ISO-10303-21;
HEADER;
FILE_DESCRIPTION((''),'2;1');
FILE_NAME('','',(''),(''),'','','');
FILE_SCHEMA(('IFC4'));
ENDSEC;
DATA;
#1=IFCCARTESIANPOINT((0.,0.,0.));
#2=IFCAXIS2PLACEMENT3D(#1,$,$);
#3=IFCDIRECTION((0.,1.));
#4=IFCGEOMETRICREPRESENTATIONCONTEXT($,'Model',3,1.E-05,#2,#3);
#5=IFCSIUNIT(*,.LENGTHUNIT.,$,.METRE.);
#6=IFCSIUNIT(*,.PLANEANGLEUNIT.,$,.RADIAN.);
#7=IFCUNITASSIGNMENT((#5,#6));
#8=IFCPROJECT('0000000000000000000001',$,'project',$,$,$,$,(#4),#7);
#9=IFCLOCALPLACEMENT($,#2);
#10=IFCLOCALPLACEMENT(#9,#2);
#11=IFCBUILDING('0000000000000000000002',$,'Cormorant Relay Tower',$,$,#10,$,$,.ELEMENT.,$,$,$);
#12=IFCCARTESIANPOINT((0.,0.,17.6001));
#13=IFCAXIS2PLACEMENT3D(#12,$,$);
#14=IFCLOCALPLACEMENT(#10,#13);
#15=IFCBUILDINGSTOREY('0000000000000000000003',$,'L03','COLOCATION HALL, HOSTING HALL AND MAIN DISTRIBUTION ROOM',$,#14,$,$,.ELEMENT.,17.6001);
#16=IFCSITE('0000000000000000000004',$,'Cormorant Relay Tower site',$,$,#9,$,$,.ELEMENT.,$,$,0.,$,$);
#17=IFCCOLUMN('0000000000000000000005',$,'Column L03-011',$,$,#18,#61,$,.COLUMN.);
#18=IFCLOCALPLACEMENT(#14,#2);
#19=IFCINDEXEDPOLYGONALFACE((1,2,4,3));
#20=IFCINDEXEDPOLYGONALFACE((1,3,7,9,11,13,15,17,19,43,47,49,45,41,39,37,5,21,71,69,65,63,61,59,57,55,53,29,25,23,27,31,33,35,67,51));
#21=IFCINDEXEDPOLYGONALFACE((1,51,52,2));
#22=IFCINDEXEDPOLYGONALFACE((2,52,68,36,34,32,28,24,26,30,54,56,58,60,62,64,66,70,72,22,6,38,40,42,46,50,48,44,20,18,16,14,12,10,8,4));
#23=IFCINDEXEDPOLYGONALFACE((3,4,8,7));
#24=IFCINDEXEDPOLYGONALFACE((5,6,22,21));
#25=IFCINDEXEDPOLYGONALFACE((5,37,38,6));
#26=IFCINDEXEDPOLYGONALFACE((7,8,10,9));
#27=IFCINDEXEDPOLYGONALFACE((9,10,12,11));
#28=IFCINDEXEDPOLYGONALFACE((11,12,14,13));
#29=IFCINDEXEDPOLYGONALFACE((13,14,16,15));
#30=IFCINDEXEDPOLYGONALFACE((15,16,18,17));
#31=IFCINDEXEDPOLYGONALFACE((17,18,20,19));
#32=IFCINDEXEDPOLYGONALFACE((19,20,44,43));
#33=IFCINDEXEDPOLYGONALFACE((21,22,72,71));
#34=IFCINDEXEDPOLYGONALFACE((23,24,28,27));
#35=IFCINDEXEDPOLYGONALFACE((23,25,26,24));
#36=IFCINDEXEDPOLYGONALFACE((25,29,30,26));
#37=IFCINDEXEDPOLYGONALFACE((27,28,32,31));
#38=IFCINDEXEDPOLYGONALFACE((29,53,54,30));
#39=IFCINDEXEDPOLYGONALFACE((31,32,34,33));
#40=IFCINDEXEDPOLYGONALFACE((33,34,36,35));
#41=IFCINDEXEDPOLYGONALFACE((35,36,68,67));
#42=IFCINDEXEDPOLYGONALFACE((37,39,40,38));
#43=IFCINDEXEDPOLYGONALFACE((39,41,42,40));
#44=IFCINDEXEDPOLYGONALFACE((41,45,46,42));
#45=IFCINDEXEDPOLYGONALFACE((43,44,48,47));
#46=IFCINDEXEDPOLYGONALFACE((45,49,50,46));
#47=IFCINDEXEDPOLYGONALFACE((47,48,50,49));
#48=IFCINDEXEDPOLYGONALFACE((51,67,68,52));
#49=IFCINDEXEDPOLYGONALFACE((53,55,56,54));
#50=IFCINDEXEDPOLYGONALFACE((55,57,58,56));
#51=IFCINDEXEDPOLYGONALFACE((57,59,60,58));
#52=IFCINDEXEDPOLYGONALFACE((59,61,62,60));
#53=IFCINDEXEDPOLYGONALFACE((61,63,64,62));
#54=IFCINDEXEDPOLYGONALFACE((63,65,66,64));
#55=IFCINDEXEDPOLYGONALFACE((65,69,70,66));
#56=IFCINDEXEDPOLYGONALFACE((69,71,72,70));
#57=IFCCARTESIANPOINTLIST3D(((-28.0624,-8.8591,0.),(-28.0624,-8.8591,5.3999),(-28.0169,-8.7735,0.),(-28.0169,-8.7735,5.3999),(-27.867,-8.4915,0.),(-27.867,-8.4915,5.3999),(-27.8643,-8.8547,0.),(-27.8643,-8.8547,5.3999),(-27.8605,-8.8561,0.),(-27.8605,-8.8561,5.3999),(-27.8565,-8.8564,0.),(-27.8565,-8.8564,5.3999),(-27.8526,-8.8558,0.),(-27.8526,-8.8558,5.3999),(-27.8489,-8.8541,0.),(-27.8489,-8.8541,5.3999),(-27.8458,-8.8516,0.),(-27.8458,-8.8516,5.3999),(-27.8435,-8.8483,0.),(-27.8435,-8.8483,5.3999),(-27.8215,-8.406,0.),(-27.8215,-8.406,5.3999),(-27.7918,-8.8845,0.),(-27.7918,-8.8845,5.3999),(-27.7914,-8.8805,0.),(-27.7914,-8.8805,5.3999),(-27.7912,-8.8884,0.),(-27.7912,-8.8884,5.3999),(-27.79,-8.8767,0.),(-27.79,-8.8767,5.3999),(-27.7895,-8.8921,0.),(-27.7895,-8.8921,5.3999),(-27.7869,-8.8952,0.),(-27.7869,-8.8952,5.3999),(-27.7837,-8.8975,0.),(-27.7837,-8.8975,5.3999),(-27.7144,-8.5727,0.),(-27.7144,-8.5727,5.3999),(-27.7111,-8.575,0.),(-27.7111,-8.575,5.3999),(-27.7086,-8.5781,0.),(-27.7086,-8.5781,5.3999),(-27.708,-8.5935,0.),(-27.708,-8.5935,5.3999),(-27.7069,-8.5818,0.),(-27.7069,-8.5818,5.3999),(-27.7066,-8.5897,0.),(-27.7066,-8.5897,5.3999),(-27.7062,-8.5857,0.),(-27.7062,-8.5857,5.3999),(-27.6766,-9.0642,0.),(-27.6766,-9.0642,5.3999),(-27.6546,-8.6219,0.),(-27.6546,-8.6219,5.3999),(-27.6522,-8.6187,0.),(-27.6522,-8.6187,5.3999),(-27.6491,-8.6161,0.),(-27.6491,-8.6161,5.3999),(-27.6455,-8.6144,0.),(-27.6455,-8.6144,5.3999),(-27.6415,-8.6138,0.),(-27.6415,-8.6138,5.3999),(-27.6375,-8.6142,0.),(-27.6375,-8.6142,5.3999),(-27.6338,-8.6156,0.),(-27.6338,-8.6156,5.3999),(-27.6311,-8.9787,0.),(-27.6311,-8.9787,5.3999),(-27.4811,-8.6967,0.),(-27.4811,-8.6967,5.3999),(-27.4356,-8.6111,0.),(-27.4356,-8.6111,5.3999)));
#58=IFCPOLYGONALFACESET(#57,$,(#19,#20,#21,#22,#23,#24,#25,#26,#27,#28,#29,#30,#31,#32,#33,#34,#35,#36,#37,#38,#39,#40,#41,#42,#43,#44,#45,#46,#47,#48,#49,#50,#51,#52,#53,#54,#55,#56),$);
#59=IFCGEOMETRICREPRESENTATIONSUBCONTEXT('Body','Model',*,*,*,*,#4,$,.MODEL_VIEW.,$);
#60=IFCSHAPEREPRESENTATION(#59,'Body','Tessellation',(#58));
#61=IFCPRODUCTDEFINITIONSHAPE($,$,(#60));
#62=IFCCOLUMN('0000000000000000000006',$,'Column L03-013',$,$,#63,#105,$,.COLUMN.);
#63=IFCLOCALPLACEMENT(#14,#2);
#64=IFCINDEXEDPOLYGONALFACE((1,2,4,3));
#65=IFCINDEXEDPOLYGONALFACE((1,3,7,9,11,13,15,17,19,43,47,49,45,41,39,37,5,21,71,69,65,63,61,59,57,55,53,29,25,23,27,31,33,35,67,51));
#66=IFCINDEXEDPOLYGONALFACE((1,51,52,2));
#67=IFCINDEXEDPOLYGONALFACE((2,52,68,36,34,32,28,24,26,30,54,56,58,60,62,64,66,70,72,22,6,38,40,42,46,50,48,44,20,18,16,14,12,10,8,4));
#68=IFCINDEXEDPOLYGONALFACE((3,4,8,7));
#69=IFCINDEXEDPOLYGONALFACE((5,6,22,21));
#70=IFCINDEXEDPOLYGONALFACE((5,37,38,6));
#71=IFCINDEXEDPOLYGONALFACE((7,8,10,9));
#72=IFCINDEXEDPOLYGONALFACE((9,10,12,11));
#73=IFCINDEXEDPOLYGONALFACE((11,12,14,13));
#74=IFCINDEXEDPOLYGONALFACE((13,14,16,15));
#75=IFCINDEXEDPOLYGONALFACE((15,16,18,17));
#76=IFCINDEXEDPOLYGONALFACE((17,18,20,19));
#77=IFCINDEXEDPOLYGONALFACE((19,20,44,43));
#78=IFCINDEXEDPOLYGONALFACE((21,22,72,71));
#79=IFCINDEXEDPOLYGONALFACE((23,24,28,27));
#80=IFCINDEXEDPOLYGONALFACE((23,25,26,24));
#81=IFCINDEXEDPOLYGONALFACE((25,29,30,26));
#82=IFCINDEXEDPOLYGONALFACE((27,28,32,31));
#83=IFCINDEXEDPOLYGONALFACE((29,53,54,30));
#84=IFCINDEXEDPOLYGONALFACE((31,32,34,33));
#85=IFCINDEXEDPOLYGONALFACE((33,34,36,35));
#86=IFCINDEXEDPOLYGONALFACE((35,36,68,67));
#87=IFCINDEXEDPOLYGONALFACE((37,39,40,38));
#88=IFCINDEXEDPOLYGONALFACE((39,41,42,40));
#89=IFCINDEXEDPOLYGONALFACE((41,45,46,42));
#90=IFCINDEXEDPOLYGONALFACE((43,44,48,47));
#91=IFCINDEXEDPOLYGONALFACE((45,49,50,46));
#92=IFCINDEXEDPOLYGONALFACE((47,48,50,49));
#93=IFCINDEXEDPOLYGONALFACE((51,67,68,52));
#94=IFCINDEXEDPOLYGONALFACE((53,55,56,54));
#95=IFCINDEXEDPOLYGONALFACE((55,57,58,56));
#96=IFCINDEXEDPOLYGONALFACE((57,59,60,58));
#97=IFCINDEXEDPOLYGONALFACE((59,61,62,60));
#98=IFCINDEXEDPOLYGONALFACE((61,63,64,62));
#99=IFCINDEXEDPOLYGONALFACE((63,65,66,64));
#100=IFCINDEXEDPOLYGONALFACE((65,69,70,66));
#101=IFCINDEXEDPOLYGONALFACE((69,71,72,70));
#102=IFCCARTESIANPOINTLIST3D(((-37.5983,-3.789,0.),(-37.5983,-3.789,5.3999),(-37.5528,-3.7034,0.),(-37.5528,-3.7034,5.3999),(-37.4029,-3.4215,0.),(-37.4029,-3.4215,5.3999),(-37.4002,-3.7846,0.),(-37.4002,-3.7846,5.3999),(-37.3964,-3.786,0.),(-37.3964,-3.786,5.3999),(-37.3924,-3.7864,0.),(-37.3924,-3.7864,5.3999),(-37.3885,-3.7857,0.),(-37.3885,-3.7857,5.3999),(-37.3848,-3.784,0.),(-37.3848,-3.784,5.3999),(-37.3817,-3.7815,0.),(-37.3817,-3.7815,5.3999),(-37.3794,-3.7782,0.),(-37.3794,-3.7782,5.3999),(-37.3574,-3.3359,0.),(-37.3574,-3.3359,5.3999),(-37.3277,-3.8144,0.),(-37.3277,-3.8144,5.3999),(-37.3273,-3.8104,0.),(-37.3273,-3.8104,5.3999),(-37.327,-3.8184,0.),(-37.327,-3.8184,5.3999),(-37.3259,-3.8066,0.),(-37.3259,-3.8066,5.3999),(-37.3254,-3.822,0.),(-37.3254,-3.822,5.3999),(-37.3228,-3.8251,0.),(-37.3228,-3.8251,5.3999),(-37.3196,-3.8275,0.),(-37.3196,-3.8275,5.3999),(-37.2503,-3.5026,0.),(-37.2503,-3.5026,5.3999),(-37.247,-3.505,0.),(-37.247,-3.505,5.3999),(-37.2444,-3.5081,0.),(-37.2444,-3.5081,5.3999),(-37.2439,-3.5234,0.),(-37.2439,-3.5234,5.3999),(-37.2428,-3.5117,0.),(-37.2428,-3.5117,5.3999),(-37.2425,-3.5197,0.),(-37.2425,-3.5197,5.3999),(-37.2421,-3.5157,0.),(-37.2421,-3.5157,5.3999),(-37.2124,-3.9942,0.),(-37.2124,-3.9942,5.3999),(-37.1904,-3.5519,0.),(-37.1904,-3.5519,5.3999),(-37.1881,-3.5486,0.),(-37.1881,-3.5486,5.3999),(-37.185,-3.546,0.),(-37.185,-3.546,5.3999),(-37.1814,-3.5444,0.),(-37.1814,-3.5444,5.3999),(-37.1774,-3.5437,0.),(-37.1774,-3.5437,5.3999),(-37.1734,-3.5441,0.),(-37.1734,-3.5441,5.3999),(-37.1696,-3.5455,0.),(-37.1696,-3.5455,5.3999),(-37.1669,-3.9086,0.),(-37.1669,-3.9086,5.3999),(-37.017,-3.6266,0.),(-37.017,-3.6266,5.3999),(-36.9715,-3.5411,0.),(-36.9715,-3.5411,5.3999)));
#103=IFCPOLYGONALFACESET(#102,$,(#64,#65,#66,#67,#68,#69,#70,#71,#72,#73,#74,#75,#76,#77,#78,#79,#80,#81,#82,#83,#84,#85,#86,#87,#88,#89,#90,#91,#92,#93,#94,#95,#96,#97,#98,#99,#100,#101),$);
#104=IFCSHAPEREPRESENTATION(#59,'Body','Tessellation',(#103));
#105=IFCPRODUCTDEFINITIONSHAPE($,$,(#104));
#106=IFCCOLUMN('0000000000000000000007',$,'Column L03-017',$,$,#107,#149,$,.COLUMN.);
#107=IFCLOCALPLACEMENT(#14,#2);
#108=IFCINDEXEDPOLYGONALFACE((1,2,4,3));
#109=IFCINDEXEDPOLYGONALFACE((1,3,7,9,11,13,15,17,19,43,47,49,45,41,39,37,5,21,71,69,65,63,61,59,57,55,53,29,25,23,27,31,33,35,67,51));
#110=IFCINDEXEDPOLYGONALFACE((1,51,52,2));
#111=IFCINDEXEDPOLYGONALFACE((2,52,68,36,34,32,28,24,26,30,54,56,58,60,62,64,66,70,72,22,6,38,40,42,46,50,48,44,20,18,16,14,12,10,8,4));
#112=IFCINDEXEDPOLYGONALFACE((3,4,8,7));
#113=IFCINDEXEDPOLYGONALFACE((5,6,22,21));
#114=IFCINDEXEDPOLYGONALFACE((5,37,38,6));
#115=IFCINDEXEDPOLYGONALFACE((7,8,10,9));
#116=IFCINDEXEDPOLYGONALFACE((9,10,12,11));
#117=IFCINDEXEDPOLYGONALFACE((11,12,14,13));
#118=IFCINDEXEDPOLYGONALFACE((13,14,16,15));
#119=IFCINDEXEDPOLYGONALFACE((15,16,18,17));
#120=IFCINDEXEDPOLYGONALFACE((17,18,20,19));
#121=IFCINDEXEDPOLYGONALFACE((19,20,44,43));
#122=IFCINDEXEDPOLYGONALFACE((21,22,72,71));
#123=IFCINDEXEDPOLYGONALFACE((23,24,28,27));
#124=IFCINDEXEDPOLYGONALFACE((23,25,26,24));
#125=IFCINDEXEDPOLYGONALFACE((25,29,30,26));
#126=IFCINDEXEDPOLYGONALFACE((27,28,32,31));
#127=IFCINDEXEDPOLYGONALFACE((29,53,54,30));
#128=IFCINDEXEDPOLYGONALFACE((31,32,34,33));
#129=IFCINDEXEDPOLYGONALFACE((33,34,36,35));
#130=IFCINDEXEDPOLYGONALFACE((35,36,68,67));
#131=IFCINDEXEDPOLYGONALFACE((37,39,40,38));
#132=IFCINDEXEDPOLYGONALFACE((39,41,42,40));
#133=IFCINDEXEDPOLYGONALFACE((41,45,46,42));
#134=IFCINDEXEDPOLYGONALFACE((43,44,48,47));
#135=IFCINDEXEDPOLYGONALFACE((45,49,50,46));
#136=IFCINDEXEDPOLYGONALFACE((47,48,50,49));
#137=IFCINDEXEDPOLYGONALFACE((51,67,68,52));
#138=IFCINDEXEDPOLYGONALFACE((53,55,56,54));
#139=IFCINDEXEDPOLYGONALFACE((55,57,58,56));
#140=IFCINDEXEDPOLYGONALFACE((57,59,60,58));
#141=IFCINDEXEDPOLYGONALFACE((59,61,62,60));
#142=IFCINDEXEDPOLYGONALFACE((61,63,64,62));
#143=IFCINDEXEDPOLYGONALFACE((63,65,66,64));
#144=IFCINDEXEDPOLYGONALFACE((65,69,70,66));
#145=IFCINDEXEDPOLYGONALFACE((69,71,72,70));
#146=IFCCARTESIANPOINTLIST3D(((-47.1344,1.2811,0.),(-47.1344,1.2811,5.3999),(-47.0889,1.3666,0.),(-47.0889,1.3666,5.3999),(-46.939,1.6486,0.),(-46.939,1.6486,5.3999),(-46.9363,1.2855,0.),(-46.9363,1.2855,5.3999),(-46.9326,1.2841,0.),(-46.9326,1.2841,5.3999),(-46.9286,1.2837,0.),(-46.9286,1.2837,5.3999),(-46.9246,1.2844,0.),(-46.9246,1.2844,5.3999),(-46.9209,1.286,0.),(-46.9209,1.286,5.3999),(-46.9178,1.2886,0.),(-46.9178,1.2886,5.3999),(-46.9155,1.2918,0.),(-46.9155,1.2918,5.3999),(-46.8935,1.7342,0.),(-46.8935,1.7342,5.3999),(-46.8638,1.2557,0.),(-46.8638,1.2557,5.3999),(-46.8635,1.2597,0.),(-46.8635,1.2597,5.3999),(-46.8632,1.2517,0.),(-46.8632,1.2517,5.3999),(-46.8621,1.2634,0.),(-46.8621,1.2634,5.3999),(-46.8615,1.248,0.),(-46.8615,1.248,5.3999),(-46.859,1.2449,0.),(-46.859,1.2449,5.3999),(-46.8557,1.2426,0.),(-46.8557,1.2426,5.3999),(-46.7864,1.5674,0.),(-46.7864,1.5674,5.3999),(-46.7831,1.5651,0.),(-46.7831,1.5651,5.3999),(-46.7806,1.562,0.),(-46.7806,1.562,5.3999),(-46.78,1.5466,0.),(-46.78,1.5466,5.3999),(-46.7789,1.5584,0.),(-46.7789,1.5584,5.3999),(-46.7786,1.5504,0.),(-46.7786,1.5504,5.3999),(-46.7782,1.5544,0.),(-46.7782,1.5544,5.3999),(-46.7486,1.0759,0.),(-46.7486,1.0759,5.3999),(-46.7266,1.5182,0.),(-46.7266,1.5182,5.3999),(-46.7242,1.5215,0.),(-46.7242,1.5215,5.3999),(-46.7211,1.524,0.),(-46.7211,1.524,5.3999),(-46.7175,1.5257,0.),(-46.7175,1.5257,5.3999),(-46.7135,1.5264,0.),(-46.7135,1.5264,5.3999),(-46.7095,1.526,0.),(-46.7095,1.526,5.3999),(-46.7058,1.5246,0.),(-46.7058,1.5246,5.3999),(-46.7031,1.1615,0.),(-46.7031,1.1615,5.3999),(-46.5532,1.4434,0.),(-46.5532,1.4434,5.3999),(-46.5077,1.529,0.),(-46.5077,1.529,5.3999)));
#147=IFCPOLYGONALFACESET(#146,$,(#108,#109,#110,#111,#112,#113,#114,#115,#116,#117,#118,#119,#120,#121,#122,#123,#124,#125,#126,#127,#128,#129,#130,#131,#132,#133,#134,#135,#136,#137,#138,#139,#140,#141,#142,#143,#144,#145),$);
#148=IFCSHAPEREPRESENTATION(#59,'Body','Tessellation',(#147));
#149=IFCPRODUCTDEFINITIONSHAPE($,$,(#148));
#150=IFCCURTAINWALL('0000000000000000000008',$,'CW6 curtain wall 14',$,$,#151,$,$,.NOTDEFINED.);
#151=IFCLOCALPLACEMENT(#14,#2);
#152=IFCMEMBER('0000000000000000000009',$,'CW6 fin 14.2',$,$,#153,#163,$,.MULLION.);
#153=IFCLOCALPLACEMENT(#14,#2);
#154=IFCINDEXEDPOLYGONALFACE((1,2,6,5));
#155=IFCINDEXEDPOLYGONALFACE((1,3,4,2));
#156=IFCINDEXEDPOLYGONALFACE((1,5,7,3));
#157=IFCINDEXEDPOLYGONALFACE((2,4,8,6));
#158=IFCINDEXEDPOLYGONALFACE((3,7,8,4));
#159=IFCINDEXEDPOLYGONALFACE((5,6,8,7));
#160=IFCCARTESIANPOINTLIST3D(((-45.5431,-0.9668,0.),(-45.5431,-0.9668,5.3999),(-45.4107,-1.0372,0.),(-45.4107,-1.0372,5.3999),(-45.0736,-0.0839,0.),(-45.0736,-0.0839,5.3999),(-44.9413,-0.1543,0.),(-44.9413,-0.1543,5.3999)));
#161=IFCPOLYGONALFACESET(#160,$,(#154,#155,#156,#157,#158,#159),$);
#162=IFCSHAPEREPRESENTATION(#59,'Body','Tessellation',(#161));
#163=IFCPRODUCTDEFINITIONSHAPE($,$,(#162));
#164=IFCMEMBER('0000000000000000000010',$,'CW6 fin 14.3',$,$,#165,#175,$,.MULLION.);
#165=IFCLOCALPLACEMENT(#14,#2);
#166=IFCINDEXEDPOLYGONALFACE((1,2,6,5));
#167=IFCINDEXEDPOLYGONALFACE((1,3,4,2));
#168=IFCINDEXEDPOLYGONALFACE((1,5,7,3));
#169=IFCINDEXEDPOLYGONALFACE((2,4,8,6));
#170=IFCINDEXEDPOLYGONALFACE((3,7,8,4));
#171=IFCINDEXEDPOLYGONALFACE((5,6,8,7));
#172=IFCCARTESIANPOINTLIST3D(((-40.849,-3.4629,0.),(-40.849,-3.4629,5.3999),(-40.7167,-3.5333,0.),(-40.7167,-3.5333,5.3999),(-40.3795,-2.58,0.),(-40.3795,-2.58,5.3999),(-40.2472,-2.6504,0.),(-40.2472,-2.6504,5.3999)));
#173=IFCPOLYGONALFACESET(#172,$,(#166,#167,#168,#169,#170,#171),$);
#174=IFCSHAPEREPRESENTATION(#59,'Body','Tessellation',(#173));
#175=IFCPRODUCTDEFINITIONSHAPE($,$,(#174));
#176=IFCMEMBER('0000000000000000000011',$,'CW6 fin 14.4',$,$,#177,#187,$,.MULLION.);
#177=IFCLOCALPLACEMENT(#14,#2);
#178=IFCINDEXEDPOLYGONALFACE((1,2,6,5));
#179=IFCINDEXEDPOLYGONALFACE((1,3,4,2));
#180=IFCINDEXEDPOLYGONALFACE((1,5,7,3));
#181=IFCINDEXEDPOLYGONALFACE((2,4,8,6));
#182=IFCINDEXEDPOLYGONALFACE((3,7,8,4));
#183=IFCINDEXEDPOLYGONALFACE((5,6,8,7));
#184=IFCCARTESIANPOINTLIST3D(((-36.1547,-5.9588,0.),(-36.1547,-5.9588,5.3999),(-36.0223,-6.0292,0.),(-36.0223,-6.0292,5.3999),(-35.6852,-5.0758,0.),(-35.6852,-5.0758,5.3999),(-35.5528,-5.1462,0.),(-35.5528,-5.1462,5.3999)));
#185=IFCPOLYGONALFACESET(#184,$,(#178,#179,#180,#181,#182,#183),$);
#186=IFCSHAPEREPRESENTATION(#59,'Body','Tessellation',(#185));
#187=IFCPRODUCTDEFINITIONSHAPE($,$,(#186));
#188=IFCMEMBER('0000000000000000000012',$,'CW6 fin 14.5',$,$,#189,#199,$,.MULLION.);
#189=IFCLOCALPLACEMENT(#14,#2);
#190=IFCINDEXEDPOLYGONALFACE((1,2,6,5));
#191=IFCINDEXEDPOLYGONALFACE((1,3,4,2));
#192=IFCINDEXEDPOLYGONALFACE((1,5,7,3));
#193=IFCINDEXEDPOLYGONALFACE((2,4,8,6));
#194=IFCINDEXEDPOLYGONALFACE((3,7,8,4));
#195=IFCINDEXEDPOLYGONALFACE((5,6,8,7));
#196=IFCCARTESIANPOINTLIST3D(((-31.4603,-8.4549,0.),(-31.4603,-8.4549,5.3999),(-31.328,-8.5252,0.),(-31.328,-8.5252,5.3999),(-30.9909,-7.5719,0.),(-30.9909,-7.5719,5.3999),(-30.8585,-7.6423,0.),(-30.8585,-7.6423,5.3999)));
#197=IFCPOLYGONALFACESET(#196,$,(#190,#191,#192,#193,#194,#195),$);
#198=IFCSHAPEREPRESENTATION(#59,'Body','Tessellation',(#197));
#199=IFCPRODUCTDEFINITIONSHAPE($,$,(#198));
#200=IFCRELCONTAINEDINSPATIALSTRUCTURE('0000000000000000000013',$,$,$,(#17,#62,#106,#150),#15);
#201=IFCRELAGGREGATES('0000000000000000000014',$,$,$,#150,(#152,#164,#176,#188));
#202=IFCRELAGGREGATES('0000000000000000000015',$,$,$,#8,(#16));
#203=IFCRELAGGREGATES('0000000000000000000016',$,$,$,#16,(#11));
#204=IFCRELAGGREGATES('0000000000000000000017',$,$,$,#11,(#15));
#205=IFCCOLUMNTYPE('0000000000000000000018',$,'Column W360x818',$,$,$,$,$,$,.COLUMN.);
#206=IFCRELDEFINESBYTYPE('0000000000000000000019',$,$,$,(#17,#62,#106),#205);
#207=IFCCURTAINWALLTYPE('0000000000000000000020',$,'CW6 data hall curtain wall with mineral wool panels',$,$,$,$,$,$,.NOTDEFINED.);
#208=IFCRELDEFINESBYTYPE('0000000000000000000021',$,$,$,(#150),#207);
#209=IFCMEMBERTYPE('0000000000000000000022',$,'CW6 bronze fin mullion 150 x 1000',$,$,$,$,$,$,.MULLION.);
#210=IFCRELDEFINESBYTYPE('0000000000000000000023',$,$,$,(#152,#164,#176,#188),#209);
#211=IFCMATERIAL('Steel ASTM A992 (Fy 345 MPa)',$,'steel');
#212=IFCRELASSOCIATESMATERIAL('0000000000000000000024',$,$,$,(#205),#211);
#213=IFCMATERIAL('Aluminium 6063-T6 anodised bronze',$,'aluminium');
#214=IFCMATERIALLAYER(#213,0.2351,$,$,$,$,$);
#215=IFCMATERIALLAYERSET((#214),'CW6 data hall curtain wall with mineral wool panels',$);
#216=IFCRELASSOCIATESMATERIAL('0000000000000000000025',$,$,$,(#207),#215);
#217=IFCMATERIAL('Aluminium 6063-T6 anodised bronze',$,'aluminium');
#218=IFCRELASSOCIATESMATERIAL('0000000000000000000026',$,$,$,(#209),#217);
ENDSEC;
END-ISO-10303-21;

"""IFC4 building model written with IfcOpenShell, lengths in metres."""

from ifc_helpers import new_model, si_unit, direction, frame, origin, origin_2d, place, context, subcontext, project, spatial, rectangle, i_section, extrude, material, layer, layer_set, material_profile, profile_set, type_object, element, aggregate, save


model = new_model("IFC4")

# Units and contexts
model_context = context("Model", 3, precision=1e-05, world=origin(), true_north=direction((0.0, 1.0)))
body_context = subcontext(model_context, "Body", "Model", "MODEL_VIEW")
ifc_project = project(units=[si_unit("LENGTHUNIT", "METRE"), si_unit("PLANEANGLEUNIT", "RADIAN")], contexts=[model_context])

# Site, building, storey
site_placement = place(None, origin())
site = spatial("IfcSite", under=ifc_project, at=site_placement, Name="Cormorant Relay Tower site", CompositionType="ELEMENT", RefElevation=0.0)
building_placement = place(site_placement, origin())
building = spatial("IfcBuilding", under=site, at=building_placement, Name="Cormorant Relay Tower", CompositionType="ELEMENT")
storey_placement = place(building_placement, frame((0.0, 0.0, 17.6001)))
storey = spatial("IfcBuildingStorey", under=building, at=storey_placement, Name="L03", Description="COLOCATION HALL, HOSTING HALL AND MAIN DISTRIBUTION ROOM", CompositionType="ELEMENT", Elevation=17.6001)

# Columns
ifc_material_1 = material(Name="Steel ASTM A992 (Fy 345 MPa)", Category="steel")
ifc_material_profile_1 = material_profile(ifc_material_1, i_section(OverallWidth=0.437, OverallDepth=0.5132, WebThickness=0.0605, FlangeThickness=0.0969, FilletRadius=0.0154, at=origin_2d()), Name="W360x818")
ifc_profile_set_1 = profile_set([ifc_material_profile_1], Name="Steel ASTM A992 (Fy 345 MPa)")
column_type = type_object("IfcColumnType", Name="Column W360x818", PredefinedType="COLUMN", material=ifc_profile_set_1)
for number, where, z_axis, x_axis, name in (
    (1, (-27.749, -8.7351, 0.0), (0.0, 0.0, 1.0), (0.882948, -0.469472, 0.0), "Column L03-011"),
    (2, (-37.2849, -3.665, 0.0), (0.0, 0.0, 1.0), (0.882948, -0.469472, 0.0), "Column L03-013"),
    (3, (-46.821, 1.405, 0.0), (0.0, 0.0, 1.0), (0.882948, -0.469472, 0.0), "Column L03-017"),
):
    element("IfcColumn", number, at=place(storey_placement, frame(where, z_axis=z_axis, x_axis=x_axis)), inside=storey, type_object=column_type, Name=name, PredefinedType="COLUMN", context=body_context, shape_type="SweptSolid", body=[
        extrude(i_section(OverallWidth=0.437, OverallDepth=0.5132, WebThickness=0.0605, FlangeThickness=0.0969, FilletRadius=0.0154, at=origin_2d()), origin(), (0.0, 0.0, 1.0), 5.3999),
    ])

# Curtain wall, members
ifc_material_2 = material(Name="Aluminium 6063-T6 anodised bronze", Category="aluminium")
ifc_layer_1 = layer(ifc_material_2, 0.2351)
ifc_layer_set_1 = layer_set([ifc_layer_1], Name="CW6 data hall curtain wall with mineral wool panels")
curtain_wall_type = type_object("IfcCurtainWallType", Name="CW6 data hall curtain wall with mineral wool panels", PredefinedType="NOTDEFINED", material=ifc_layer_set_1)
curtain_wall_placement = place(storey_placement, origin())
curtain_wall = element("IfcCurtainWall", 4, at=curtain_wall_placement, inside=storey, type_object=curtain_wall_type, Name="CW6 curtain wall 14", PredefinedType="NOTDEFINED")
ifc_material_3 = material(Name="Aluminium 6063-T6 anodised bronze", Category="aluminium")
ifc_material_profile_2 = material_profile(ifc_material_3, rectangle(XDim=0.1499, YDim=1.0, at=origin_2d()), Name="AL 150x1000")
ifc_profile_set_2 = profile_set([ifc_material_profile_2], Name="Aluminium 6063-T6 anodised bronze")
member_type = type_object("IfcMemberType", Name="CW6 bronze fin mullion 150 x 1000", PredefinedType="MULLION", material=ifc_profile_set_2)
member_1_placement = place(storey_placement, frame((-45.2422, -0.5605, 0.0), z_axis=(0.0, 0.0, 1.0), x_axis=(0.882948, -0.469472, 0.0)))
member_1 = element("IfcMember", 5, at=member_1_placement, type_object=member_type, Name="CW6 fin 14.2", PredefinedType="MULLION", context=body_context, shape_type="SweptSolid", body=[
    extrude(rectangle(XDim=0.1499, YDim=1.0, at=origin_2d()), origin(), (0.0, 0.0, 1.0), 5.3999),
])
member_2_placement = place(storey_placement, frame((-40.5481, -3.0566, 0.0), z_axis=(0.0, 0.0, 1.0), x_axis=(0.882948, -0.469472, 0.0)))
member_2 = element("IfcMember", 6, at=member_2_placement, type_object=member_type, Name="CW6 fin 14.3", PredefinedType="MULLION", context=body_context, shape_type="SweptSolid", body=[
    extrude(rectangle(XDim=0.1499, YDim=1.0, at=origin_2d()), origin(), (0.0, 0.0, 1.0), 5.3999),
])
member_3_placement = place(storey_placement, frame((-35.8538, -5.5525, 0.0), z_axis=(0.0, 0.0, 1.0), x_axis=(0.882948, -0.469472, 0.0)))
member_3 = element("IfcMember", 7, at=member_3_placement, type_object=member_type, Name="CW6 fin 14.4", PredefinedType="MULLION", context=body_context, shape_type="SweptSolid", body=[
    extrude(rectangle(XDim=0.1499, YDim=1.0, at=origin_2d()), origin(), (0.0, 0.0, 1.0), 5.3999),
])
member_4_placement = place(storey_placement, frame((-31.1594, -8.0486, 0.0), z_axis=(0.0, 0.0, 1.0), x_axis=(0.882948, -0.469472, 0.0)))
member_4 = element("IfcMember", 8, at=member_4_placement, type_object=member_type, Name="CW6 fin 14.5", PredefinedType="MULLION", context=body_context, shape_type="SweptSolid", body=[
    extrude(rectangle(XDim=0.1499, YDim=1.0, at=origin_2d()), origin(), (0.0, 0.0, 1.0), 5.3999),
])

aggregate(curtain_wall, [member_1, member_2, member_3, member_4])

save(model, "model.ifc")
